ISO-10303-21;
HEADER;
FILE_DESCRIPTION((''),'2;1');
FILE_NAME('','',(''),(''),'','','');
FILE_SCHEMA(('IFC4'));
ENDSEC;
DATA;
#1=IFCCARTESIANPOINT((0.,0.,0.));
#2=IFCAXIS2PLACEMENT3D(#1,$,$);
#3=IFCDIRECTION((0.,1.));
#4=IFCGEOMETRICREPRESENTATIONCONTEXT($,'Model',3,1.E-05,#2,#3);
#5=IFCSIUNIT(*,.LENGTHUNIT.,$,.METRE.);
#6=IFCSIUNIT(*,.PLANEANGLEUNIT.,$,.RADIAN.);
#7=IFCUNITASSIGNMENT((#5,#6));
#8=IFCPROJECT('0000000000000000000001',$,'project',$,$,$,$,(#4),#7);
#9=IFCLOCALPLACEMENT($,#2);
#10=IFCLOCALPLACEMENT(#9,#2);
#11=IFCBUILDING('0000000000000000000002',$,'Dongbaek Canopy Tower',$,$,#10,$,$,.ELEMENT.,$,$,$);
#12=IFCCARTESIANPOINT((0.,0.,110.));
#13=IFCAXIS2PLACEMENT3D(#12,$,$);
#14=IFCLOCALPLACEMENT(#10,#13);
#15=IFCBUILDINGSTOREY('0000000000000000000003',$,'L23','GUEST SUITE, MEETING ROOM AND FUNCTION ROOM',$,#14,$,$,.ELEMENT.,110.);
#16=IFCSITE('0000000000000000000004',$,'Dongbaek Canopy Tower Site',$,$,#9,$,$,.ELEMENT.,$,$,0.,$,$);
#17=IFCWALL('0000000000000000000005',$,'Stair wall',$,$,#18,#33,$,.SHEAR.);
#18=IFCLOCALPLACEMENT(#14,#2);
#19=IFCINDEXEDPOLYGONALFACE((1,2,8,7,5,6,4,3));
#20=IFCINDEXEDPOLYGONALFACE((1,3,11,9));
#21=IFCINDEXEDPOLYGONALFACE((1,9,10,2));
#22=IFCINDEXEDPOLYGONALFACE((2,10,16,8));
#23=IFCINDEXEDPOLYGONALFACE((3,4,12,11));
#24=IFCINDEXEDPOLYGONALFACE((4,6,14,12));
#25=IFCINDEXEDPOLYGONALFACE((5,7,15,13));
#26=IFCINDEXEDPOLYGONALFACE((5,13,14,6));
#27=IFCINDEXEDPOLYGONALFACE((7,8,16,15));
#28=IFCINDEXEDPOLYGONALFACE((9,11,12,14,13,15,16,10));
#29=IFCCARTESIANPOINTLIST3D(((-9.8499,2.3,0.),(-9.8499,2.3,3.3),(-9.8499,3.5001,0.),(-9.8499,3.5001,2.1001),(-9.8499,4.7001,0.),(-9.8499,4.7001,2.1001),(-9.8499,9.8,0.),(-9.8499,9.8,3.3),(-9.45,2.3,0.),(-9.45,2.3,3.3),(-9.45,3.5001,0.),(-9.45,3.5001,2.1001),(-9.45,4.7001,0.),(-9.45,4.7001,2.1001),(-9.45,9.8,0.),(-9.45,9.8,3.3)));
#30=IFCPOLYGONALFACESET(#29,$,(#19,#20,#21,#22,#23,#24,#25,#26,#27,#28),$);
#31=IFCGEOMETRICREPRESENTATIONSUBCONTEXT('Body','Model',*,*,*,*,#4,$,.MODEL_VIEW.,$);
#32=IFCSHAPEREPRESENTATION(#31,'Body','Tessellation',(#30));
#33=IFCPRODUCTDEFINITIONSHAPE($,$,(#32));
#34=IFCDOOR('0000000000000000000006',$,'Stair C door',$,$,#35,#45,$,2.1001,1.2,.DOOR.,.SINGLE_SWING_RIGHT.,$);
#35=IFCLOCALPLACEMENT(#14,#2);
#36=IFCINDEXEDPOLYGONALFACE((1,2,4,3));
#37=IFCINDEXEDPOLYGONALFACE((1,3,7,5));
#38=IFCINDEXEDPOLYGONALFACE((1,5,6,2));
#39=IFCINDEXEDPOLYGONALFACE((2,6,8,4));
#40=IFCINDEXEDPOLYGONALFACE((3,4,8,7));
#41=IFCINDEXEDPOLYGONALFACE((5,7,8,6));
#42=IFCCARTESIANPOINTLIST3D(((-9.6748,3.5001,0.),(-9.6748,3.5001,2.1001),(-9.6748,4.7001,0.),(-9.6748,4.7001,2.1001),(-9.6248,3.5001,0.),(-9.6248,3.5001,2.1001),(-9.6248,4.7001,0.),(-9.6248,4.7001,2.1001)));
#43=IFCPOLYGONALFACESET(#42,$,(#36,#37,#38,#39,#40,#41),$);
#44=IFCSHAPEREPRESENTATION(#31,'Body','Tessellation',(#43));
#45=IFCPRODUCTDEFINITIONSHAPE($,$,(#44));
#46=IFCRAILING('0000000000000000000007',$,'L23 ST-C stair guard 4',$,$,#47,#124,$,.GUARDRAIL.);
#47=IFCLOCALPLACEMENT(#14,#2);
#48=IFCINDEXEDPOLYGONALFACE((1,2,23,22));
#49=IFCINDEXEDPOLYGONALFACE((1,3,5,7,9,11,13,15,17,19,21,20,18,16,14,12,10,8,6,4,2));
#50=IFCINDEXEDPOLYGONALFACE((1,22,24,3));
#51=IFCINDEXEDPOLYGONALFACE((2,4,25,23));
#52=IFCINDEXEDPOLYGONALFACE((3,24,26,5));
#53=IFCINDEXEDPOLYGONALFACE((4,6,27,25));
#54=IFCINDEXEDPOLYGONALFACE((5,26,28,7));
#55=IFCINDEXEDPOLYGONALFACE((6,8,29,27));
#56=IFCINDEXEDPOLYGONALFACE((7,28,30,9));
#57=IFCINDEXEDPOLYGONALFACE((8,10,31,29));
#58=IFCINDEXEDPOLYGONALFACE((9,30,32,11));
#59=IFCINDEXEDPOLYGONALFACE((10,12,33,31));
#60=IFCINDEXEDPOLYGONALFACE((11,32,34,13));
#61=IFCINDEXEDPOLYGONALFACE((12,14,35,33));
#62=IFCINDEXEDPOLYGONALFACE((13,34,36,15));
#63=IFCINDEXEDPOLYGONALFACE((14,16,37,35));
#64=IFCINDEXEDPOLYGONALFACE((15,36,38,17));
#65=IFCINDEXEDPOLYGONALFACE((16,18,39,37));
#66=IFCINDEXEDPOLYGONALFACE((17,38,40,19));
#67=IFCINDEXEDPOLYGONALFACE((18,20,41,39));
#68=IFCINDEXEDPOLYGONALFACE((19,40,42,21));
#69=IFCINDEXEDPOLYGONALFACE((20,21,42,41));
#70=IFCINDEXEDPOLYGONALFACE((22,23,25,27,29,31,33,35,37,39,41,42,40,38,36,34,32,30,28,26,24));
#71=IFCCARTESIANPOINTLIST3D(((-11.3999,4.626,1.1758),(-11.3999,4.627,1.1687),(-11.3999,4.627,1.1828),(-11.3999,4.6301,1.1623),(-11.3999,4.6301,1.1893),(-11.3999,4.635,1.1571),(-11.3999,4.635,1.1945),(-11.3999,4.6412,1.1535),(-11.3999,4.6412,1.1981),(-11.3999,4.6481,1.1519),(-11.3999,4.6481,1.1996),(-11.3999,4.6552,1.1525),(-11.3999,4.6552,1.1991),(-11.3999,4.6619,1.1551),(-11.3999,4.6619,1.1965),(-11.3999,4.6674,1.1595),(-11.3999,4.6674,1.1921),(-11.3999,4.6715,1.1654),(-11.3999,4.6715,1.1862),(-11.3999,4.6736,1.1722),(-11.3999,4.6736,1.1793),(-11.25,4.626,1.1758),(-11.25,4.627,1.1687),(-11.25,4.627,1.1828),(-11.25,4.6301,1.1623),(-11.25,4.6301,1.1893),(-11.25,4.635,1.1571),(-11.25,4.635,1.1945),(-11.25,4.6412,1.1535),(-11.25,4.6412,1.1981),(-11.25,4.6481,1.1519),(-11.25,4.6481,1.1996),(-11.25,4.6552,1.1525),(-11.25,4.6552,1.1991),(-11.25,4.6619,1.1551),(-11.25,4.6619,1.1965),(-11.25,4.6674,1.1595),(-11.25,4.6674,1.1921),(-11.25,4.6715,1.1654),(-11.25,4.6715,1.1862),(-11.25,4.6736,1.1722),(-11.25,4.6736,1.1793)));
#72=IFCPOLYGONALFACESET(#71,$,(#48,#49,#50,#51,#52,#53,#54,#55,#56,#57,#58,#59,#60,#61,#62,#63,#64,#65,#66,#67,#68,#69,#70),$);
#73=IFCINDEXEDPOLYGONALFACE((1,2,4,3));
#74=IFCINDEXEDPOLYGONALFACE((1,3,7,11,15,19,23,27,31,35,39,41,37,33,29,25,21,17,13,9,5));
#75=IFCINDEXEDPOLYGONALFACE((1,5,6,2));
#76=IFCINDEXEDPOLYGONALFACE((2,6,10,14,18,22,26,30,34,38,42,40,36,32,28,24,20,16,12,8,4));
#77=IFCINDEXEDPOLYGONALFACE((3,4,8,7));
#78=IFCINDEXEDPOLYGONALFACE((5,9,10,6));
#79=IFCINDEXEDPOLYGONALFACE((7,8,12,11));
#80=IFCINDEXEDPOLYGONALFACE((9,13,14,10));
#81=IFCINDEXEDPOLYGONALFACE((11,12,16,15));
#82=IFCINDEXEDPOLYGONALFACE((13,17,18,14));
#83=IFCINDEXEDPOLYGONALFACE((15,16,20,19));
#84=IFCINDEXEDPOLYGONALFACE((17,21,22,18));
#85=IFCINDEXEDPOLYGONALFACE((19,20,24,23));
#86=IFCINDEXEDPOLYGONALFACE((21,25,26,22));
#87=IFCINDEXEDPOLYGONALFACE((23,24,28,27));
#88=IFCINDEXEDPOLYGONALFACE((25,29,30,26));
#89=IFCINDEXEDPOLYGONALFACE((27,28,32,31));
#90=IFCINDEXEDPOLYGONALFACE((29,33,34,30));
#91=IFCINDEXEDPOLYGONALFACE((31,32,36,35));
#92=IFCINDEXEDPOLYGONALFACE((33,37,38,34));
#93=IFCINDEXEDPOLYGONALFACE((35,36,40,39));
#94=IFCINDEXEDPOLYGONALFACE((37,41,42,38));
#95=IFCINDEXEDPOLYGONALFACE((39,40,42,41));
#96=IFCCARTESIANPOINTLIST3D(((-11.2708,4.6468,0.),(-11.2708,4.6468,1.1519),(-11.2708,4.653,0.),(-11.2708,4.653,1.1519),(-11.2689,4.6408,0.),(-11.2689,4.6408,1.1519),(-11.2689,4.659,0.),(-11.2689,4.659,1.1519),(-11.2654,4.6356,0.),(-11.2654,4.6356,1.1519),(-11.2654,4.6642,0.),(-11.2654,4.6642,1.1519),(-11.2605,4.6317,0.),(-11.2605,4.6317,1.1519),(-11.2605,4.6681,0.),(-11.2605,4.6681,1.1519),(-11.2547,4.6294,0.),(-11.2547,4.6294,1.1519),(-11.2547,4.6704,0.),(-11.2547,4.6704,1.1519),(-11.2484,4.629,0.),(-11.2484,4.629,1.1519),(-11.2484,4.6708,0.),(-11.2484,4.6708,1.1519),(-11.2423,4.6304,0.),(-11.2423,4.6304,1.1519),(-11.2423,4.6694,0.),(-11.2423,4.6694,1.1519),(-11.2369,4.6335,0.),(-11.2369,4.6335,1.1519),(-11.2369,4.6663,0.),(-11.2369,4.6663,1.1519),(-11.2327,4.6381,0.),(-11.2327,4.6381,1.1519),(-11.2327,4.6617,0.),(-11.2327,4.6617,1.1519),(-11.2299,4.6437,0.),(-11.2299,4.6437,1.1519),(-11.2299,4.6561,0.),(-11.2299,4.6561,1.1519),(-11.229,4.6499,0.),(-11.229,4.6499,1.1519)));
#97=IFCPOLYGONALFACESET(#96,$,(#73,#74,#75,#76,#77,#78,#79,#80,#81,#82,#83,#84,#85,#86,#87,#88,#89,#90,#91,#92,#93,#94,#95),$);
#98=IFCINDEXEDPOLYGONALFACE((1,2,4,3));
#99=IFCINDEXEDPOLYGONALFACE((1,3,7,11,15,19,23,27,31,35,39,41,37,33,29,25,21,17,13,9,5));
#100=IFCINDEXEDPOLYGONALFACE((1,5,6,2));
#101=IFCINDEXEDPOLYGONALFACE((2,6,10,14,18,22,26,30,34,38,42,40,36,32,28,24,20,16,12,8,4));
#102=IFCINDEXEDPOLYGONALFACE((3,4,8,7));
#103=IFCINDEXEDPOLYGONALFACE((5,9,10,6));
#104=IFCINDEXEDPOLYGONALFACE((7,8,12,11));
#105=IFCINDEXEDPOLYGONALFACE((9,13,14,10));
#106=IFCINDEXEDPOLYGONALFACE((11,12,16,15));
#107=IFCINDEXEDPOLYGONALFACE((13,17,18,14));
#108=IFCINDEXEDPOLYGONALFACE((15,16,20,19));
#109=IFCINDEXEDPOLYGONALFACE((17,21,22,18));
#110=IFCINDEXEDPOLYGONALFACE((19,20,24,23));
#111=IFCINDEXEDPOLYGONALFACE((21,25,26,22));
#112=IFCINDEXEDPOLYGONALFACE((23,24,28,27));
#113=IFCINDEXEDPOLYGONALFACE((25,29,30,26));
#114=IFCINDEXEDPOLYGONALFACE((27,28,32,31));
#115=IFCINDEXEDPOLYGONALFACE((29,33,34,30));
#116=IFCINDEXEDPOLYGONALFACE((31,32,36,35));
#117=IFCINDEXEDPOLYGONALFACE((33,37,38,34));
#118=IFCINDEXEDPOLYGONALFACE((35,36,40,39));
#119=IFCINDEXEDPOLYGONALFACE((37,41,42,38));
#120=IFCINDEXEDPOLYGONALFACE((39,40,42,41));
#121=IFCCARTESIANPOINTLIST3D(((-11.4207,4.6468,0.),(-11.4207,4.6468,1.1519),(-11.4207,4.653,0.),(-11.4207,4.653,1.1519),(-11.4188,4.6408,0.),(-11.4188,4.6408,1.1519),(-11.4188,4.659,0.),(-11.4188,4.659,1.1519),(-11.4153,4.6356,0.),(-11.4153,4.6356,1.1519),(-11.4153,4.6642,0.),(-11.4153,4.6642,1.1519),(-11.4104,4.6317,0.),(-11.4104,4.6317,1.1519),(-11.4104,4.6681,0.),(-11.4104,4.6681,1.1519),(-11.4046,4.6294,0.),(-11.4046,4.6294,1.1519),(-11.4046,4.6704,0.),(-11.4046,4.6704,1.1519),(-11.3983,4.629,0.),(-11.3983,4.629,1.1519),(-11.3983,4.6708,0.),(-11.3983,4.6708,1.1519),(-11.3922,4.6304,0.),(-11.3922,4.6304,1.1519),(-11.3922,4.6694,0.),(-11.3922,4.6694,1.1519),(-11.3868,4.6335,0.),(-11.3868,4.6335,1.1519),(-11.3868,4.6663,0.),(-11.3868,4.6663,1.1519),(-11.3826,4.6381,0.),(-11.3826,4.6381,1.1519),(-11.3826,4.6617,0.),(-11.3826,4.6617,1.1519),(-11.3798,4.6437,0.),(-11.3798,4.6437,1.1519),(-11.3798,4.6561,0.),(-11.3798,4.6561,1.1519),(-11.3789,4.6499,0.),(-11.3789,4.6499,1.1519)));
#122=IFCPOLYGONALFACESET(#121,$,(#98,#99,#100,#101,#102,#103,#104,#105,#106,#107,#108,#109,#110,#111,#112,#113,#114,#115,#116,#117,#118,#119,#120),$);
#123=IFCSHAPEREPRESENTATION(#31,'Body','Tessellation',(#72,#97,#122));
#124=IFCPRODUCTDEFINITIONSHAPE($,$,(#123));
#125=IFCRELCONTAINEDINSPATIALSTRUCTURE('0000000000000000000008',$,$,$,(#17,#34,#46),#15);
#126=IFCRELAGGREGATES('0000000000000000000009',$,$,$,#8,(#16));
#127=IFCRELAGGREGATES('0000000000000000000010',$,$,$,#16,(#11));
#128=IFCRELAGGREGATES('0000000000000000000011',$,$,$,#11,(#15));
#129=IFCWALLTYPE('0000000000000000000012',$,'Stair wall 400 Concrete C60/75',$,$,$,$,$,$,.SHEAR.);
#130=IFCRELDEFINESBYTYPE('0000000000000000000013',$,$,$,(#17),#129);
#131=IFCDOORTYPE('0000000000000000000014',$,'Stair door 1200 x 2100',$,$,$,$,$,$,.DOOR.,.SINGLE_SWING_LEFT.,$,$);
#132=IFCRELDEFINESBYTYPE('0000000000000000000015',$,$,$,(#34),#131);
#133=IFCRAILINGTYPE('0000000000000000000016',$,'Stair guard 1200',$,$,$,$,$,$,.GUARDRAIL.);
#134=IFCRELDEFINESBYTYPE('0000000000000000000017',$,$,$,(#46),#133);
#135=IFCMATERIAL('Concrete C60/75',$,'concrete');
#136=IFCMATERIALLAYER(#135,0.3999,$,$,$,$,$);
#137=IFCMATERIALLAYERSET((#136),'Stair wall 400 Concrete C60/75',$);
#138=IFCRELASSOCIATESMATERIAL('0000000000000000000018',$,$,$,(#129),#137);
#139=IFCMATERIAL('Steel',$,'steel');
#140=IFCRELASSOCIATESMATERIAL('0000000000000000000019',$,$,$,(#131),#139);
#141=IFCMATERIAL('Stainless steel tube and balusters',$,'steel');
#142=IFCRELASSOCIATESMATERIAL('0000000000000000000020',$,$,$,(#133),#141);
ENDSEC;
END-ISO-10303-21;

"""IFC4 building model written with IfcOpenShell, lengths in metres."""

from ifc_helpers import new_model, si_unit, direction, frame, frame_2d, origin, origin_2d, place, context, subcontext, project, spatial, rectangle, circle, extrude, material, layer, layer_set, type_object, element, fill, save


model = new_model("IFC4")

# Units and contexts
model_context = context("Model", 3, precision=1e-05, world=origin(), true_north=direction((0.0, 1.0)))
body_context = subcontext(model_context, "Body", "Model", "MODEL_VIEW")
ifc_project = project(units=[si_unit("LENGTHUNIT", "METRE"), si_unit("PLANEANGLEUNIT", "RADIAN")], contexts=[model_context])

# Site, building, storey
site_placement = place(None, origin())
site = spatial("IfcSite", under=ifc_project, at=site_placement, Name="Dongbaek Canopy Tower Site", CompositionType="ELEMENT", RefElevation=0.0)
building_placement = place(site_placement, origin())
building = spatial("IfcBuilding", under=site, at=building_placement, Name="Dongbaek Canopy Tower", CompositionType="ELEMENT")
storey_placement = place(building_placement, frame((0.0, 0.0, 110.0)))
storey = spatial("IfcBuildingStorey", under=building, at=storey_placement, Name="L23", Description="GUEST SUITE, MEETING ROOM AND FUNCTION ROOM", CompositionType="ELEMENT", Elevation=110.0)

# Wall, opening, door
ifc_material_1 = material(Name="Concrete C60/75", Category="concrete")
ifc_layer_1 = layer(ifc_material_1, 0.3999)
ifc_layer_set_1 = layer_set([ifc_layer_1], Name="Stair wall 400 Concrete C60/75")
wall_type_1 = type_object("IfcWallType", Name="Stair wall 400 Concrete C60/75", PredefinedType="SHEAR", material=ifc_layer_set_1)
wall_1_placement = place(storey_placement, frame((-9.6499, 2.3, 0.0), z_axis=(0.0, 0.0, 1.0), x_axis=(0.0, 1.0, 0.0)))
wall_1 = element("IfcWall", 1, at=wall_1_placement, inside=storey, type_object=wall_type_1, Name="Stair wall", PredefinedType="SHEAR", context=body_context, shape_type="SweptSolid", body=[
    extrude(rectangle(XDim=7.5, YDim=0.3999, at=frame_2d((3.75, 0.0))), origin(), (0.0, 0.0, 1.0), 3.3),
])
opening_placement = place(wall_1_placement, frame((1.2, 0.0, 0.0)))
opening = element("IfcOpeningElement", 2, at=opening_placement, cuts=wall_1, PredefinedType="OPENING", context=body_context, shape_type="SweptSolid", body=[
    extrude(rectangle(XDim=1.2, YDim=2.1001, at=frame_2d((0.6001, 1.05))), frame((0.0, 0.21, 0.0), z_axis=(0.0, -1.0, 0.0), x_axis=(1.0, 0.0, 0.0)), (0.0, 0.0, 1.0), 0.4199),
])
ifc_material_2 = material(Name="Steel", Category="steel")
door_type = type_object("IfcDoorType", Name="Stair door 1200 x 2100", OperationType="SINGLE_SWING_LEFT", PredefinedType="DOOR", material=ifc_material_2)
door_placement = place(opening_placement, origin())
door = element("IfcDoor", 3, at=door_placement, inside=storey, type_object=door_type, Name="Stair C door", OperationType="SINGLE_SWING_RIGHT", OverallHeight=2.1001, OverallWidth=1.2, PredefinedType="DOOR", context=body_context, shape_type="SweptSolid", body=[
    extrude(rectangle(XDim=1.2, YDim=2.1001, at=frame_2d((0.6001, 1.05))), frame((0.0, 0.0249, 0.0), z_axis=(0.0, -1.0, 0.0), x_axis=(1.0, 0.0, 0.0)), (0.0, 0.0, 1.0), 0.05),
])
fill(opening, door)

# Railing
ifc_material_3 = material(Name="Stainless steel tube and balusters", Category="steel")
railing_type = type_object("IfcRailingType", Name="Stair guard 1200", PredefinedType="GUARDRAIL", material=ifc_material_3)
railing_placement = place(storey_placement, frame((-11.25, 4.6499, 0.0)))
element("IfcRailing", 4, at=railing_placement, inside=storey, type_object=railing_type, Name="L23 ST-C stair guard 4", PredefinedType="GUARDRAIL", context=body_context, shape_type="SweptSolid", body=[
    extrude(circle(Radius=0.0239, at=origin_2d()), frame((0.0, 0.0, 1.1758), z_axis=(-1.0, 0.0, 0.0), x_axis=(0.0, -1.0, 0.0)), (0.0, 0.0, 1.0), 0.1499),
    extrude(circle(Radius=0.021, at=origin_2d()), origin(), (0.0, 0.0, 1.0), 1.1519),
    extrude(circle(Radius=0.021, at=origin_2d()), frame((-0.1499, 0.0, 0.0)), (0.0, 0.0, 1.0), 1.1519),
])

save(model, "model.ifc")
